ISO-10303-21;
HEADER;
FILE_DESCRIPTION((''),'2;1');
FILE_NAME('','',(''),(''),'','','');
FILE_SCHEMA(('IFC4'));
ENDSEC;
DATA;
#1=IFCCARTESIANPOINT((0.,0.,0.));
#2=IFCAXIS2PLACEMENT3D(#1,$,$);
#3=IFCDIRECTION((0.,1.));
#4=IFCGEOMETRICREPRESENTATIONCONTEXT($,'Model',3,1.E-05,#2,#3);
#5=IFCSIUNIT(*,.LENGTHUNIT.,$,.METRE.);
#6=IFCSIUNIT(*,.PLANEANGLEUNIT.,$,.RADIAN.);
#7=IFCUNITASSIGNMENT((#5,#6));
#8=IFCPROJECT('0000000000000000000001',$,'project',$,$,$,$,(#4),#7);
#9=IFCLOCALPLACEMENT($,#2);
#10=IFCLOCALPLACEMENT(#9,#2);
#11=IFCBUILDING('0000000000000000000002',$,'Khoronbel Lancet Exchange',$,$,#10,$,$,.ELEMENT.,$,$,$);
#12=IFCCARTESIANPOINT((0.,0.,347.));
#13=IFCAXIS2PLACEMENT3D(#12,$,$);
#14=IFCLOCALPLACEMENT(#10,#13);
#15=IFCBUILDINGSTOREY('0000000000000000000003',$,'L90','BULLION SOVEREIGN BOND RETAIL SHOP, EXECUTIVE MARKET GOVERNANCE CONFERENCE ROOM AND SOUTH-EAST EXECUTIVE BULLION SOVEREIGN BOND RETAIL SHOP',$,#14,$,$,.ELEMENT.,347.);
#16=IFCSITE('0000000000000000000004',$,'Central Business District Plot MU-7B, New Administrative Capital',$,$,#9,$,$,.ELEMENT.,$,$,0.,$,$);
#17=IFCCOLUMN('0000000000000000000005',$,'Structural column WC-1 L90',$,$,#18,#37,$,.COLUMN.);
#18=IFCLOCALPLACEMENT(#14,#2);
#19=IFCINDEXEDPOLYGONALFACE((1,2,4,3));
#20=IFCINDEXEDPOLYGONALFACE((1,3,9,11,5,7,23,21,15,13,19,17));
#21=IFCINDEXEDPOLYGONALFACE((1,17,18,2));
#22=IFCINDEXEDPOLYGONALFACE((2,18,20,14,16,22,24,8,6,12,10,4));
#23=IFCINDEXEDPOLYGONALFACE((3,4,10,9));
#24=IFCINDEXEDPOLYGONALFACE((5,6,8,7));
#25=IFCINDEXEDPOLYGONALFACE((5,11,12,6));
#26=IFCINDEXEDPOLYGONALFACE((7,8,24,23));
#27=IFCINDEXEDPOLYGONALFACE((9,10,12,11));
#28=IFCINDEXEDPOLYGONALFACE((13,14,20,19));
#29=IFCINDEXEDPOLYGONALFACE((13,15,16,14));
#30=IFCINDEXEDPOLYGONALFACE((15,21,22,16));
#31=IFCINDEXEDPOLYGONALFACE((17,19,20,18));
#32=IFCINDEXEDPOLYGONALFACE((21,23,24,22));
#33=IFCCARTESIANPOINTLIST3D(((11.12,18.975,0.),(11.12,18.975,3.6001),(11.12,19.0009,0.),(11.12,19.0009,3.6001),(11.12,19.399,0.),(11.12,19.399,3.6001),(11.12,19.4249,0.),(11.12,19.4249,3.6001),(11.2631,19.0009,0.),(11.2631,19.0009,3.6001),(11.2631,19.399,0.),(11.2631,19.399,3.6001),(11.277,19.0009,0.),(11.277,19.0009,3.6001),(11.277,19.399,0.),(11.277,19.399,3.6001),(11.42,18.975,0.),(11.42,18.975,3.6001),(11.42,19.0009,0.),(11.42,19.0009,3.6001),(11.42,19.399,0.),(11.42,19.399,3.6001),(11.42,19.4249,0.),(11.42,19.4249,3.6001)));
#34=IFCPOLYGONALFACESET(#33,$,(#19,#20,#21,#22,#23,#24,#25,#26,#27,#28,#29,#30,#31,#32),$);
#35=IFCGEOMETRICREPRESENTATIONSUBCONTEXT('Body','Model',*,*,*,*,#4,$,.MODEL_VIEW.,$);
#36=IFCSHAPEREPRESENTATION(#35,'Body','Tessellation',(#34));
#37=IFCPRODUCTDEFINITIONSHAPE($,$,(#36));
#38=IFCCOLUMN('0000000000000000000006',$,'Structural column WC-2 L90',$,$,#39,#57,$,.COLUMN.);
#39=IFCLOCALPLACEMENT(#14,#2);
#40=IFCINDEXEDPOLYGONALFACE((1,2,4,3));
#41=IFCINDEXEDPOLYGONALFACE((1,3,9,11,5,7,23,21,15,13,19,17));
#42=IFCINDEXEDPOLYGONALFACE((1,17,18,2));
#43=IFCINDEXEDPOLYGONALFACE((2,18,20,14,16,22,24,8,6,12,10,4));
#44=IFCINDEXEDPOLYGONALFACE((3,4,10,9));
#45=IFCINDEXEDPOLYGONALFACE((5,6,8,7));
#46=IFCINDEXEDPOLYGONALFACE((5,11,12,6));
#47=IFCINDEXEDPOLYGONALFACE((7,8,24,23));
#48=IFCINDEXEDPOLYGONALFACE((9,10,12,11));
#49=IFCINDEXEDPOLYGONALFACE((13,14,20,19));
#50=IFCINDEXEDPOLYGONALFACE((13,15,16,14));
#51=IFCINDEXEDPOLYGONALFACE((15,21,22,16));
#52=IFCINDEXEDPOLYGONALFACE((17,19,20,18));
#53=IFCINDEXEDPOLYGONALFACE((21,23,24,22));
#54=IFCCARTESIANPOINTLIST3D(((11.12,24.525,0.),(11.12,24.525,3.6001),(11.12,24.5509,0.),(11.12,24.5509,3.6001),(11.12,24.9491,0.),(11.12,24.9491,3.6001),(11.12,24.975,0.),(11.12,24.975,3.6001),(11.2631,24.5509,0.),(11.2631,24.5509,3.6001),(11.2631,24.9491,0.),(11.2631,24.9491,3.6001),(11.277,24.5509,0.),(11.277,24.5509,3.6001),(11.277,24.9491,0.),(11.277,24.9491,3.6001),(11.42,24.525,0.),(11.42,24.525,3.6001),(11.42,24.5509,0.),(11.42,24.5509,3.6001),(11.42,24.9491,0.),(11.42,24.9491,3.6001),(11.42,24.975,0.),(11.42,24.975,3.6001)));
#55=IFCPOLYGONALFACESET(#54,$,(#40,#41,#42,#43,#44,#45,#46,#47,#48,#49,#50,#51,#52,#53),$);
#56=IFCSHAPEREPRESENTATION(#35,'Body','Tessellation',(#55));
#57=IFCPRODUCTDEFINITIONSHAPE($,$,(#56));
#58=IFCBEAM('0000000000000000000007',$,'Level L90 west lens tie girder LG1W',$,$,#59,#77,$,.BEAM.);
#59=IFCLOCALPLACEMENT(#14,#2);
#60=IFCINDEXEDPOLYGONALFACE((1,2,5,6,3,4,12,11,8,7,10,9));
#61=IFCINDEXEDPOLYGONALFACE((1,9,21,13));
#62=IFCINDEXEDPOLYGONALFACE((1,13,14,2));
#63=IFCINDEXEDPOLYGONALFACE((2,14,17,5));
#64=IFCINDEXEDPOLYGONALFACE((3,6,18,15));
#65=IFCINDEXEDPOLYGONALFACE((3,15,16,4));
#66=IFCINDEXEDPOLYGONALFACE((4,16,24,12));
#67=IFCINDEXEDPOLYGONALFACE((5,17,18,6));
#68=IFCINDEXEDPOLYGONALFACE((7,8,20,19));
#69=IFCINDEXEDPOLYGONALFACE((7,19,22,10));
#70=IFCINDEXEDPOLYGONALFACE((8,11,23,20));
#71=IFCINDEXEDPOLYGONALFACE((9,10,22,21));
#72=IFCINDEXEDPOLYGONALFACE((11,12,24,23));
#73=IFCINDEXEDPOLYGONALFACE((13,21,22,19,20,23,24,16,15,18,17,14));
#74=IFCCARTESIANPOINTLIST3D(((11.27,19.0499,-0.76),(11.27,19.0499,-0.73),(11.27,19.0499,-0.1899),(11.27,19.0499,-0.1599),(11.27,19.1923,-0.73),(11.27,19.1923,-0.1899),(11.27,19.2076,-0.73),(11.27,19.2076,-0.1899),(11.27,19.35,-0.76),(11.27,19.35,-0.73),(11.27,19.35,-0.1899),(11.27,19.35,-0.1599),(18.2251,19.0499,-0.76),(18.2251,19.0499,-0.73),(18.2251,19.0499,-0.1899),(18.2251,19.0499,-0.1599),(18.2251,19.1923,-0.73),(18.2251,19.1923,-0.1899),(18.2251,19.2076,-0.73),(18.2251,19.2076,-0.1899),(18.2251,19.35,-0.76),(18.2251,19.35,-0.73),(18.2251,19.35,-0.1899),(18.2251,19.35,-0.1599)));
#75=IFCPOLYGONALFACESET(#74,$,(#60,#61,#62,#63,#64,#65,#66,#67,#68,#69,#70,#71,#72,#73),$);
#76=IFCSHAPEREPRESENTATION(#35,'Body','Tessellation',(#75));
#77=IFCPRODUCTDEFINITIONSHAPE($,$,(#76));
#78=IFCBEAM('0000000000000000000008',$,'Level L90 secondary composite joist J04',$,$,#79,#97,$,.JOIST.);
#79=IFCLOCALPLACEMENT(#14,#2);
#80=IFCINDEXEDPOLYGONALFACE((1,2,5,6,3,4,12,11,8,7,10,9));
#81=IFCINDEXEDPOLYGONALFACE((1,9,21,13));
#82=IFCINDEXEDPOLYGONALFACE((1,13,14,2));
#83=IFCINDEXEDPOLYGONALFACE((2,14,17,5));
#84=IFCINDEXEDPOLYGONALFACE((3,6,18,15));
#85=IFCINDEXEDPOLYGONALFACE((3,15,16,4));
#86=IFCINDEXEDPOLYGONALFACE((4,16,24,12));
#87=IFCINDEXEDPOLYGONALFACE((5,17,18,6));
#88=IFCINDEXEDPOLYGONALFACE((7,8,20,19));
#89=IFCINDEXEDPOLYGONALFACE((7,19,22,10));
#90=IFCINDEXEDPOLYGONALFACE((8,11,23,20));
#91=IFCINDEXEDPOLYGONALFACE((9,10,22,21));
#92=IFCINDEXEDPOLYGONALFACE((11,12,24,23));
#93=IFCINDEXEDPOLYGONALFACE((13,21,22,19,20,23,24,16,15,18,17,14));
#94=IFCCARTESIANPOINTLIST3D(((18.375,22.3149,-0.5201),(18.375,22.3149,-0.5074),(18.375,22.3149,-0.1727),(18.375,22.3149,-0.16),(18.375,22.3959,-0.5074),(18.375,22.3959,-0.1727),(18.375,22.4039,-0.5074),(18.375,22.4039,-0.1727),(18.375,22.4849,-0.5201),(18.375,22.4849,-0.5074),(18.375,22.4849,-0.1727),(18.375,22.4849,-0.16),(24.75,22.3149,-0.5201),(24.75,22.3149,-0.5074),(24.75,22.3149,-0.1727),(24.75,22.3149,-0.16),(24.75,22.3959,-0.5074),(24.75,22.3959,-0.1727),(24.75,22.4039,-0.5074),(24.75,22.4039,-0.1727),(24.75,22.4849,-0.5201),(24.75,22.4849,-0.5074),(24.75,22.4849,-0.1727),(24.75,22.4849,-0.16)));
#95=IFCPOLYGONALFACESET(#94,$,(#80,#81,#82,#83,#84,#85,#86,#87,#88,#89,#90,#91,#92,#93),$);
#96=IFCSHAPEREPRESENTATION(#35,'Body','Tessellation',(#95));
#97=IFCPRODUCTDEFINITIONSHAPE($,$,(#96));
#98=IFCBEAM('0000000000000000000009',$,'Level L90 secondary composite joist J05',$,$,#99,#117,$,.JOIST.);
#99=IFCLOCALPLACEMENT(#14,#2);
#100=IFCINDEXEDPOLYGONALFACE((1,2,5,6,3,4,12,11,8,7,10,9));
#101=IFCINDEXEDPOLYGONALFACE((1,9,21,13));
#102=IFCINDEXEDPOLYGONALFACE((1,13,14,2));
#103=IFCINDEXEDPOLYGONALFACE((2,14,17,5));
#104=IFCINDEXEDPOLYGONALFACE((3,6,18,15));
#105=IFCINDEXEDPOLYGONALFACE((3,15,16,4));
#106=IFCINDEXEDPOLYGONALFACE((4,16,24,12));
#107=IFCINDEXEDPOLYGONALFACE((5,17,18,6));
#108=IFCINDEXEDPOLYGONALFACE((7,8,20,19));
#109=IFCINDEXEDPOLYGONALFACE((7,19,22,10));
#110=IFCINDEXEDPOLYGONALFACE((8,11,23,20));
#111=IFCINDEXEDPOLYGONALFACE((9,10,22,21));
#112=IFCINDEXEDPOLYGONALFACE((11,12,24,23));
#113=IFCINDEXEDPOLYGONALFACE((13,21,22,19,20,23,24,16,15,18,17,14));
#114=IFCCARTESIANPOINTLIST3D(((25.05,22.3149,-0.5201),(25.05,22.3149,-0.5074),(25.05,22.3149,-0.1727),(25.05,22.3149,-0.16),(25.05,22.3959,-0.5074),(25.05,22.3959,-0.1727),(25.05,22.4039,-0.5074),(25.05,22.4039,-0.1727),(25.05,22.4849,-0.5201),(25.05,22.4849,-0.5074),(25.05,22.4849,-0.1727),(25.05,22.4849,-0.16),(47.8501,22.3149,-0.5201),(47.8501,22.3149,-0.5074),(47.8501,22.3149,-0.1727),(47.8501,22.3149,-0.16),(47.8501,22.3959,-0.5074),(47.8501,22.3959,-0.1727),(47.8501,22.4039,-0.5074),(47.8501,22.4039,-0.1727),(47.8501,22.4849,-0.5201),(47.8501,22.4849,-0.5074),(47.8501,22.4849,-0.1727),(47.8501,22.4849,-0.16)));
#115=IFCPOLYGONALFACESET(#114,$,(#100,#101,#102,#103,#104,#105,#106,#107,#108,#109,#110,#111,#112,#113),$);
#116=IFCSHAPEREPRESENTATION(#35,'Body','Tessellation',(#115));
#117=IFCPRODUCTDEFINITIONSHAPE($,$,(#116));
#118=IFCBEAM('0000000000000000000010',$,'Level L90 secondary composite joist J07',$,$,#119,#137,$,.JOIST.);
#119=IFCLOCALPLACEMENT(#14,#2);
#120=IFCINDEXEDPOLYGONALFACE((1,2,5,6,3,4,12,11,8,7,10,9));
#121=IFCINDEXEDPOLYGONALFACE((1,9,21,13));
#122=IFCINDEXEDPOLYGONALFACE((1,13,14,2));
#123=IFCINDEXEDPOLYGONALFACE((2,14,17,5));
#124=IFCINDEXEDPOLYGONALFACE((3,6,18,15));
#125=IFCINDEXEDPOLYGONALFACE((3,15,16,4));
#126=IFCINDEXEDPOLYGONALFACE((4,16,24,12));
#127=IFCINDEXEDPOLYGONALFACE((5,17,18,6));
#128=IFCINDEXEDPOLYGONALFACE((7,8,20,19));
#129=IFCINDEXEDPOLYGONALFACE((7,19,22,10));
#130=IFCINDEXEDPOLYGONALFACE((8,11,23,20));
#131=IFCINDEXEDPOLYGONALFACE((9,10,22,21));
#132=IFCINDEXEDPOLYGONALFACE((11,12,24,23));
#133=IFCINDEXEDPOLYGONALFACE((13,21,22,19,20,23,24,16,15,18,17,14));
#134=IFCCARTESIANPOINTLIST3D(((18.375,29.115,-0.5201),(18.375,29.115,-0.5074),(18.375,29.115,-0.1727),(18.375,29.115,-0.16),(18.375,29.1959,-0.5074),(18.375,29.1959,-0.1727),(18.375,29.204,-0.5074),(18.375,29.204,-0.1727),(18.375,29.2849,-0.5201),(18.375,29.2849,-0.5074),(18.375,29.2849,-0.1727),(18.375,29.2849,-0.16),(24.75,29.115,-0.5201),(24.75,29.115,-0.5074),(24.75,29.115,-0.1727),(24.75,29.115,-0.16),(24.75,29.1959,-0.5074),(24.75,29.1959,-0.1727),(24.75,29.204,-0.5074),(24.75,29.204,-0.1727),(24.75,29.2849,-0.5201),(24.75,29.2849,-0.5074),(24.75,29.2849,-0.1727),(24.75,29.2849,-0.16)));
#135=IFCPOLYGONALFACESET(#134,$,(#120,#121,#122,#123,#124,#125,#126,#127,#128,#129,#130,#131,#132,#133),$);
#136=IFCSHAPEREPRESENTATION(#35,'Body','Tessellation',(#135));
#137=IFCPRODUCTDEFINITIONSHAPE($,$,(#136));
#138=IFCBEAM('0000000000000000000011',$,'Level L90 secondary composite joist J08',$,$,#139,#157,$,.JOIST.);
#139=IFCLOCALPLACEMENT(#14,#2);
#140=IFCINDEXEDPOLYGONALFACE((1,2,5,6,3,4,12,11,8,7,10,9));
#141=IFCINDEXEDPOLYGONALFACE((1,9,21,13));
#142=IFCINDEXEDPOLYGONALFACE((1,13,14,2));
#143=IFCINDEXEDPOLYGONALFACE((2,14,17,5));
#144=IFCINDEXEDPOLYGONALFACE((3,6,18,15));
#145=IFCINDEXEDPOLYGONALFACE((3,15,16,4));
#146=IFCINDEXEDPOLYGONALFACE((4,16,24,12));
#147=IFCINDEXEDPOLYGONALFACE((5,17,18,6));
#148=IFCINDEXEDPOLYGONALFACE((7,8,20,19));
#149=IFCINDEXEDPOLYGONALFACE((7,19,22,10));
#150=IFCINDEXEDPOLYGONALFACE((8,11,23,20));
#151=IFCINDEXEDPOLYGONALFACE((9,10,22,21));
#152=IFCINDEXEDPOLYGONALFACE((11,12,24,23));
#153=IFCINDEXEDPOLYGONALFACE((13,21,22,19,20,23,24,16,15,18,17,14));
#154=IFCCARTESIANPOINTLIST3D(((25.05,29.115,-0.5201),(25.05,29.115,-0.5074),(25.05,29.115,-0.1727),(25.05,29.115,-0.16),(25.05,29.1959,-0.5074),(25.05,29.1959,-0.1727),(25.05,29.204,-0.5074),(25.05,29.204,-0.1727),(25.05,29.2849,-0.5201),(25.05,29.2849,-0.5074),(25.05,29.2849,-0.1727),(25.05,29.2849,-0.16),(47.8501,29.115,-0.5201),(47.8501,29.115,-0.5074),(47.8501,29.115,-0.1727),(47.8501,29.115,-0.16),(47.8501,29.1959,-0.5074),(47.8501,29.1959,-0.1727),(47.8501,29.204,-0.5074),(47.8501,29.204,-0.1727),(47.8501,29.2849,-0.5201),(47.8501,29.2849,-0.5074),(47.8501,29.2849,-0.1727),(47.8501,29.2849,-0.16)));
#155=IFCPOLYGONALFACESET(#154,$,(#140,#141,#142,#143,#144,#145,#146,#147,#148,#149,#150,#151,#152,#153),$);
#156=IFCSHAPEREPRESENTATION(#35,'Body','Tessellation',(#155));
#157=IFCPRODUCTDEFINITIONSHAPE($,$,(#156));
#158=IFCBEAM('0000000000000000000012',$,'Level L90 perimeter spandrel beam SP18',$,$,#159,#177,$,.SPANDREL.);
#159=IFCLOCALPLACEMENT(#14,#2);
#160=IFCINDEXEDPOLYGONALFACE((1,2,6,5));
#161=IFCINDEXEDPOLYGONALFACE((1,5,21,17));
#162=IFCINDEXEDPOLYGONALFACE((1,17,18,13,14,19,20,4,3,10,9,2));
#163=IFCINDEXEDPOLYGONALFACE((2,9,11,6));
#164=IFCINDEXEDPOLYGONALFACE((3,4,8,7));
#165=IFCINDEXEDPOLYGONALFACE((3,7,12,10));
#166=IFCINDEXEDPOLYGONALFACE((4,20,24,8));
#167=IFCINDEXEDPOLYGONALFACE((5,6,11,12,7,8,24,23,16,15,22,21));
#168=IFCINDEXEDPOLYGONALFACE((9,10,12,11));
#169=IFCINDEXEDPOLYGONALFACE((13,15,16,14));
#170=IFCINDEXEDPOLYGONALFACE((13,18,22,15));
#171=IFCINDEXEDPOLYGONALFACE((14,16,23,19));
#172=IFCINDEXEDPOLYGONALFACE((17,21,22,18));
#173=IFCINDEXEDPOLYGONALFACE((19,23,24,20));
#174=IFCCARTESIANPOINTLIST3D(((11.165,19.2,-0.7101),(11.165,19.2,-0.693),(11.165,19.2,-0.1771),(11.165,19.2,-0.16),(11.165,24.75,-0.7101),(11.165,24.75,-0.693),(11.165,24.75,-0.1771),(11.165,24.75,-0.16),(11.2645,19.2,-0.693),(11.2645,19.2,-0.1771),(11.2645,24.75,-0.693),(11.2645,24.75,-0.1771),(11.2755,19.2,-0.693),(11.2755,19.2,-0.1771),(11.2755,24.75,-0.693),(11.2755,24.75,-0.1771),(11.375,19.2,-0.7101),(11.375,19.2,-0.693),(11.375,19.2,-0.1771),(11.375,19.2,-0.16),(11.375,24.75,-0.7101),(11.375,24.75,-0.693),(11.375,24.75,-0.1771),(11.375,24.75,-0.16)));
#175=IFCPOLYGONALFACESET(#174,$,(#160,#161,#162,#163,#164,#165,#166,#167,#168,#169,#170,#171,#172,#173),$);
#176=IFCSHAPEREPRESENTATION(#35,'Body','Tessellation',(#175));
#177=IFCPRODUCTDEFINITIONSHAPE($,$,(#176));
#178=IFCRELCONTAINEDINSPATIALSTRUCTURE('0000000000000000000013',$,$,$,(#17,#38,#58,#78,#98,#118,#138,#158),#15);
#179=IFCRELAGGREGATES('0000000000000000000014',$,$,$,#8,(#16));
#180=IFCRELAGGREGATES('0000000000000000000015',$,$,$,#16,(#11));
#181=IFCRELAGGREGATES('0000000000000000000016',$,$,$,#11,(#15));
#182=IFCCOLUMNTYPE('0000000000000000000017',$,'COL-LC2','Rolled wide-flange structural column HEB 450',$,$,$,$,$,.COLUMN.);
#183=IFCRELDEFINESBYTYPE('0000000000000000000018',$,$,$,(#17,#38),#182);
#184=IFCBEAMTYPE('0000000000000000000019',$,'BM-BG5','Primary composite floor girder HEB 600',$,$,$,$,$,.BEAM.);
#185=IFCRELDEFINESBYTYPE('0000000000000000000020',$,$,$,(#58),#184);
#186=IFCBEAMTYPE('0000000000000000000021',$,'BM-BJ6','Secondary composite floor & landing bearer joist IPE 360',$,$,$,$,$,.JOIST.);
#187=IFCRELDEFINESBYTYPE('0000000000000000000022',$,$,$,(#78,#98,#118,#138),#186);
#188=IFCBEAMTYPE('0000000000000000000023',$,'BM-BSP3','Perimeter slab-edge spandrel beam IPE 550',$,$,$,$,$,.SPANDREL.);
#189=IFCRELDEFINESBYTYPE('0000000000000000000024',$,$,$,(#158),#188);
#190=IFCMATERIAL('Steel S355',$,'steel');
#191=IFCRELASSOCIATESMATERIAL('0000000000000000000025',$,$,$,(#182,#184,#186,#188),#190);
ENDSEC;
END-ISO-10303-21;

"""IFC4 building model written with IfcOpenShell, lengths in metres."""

from ifc_helpers import new_model, si_unit, direction, frame, origin, origin_2d, place, context, subcontext, project, spatial, i_section, extrude, material, material_profile, profile_set, type_object, element, save


model = new_model("IFC4")

# Units and contexts
model_context = context("Model", 3, precision=1e-05, world=origin(), true_north=direction((0.0, 1.0)))
body_context = subcontext(model_context, "Body", "Model", "MODEL_VIEW")
ifc_project = project(units=[si_unit("LENGTHUNIT", "METRE"), si_unit("PLANEANGLEUNIT", "RADIAN")], contexts=[model_context])

# Site, building, storey
site_placement = place(None, origin())
site = spatial("IfcSite", under=ifc_project, at=site_placement, Name="Central Business District Plot MU-7B, New Administrative Capital", CompositionType="ELEMENT", RefElevation=0.0)
building_placement = place(site_placement, origin())
building = spatial("IfcBuilding", under=site, at=building_placement, Name="Khoronbel Lancet Exchange", CompositionType="ELEMENT")
storey_placement = place(building_placement, frame((0.0, 0.0, 347.0)))
storey = spatial("IfcBuildingStorey", under=building, at=storey_placement, Name="L90", Description="BULLION SOVEREIGN BOND RETAIL SHOP, EXECUTIVE MARKET GOVERNANCE CONFERENCE ROOM AND SOUTH-EAST EXECUTIVE BULLION SOVEREIGN BOND RETAIL SHOP", CompositionType="ELEMENT", Elevation=347.0)

# Columns
ifc_material_1 = material(Name="Steel S355", Category="steel")
ifc_material_profile_1 = material_profile(ifc_material_1, i_section(OverallWidth=0.3, OverallDepth=0.45, WebThickness=0.0139, FlangeThickness=0.0259, at=origin_2d()), Name="HEB 450")
ifc_profile_set_1 = profile_set([ifc_material_profile_1], Name="Steel S355")
column_type = type_object("IfcColumnType", Name="COL-LC2", Description="Rolled wide-flange structural column HEB 450", PredefinedType="COLUMN", material=ifc_profile_set_1)
for number, where, z_axis, x_axis, name in (
    (1, (11.27, 19.2, 0.0), (0.0, 0.0, 1.0), (1.0, 0.0, 0.0), "Structural column WC-1 L90"),
    (2, (11.27, 24.75, 0.0), (0.0, 0.0, 1.0), (1.0, 0.0, 0.0), "Structural column WC-2 L90"),
):
    element("IfcColumn", number, at=place(storey_placement, frame(where, z_axis=z_axis, x_axis=x_axis)), inside=storey, type_object=column_type, Name=name, PredefinedType="COLUMN", context=body_context, shape_type="SweptSolid", body=[
        extrude(i_section(OverallWidth=0.3, OverallDepth=0.45, WebThickness=0.0139, FlangeThickness=0.0259, at=origin_2d()), origin(), (0.0, 0.0, 1.0), 3.6001),
    ])

# Beams
ifc_material_profile_2 = material_profile(ifc_material_1, i_section(OverallWidth=0.3, OverallDepth=0.6001, WebThickness=0.0154, FlangeThickness=0.03, at=origin_2d()), Name="HEB 600")
ifc_profile_set_2 = profile_set([ifc_material_profile_2], Name="Steel S355")
beam_type_1 = type_object("IfcBeamType", Name="BM-BG5", Description="Primary composite floor girder HEB 600", PredefinedType="BEAM", material=ifc_profile_set_2)
beam_1_placement = place(storey_placement, frame((11.27, 19.2, -0.46), z_axis=(1.0, 0.0, 0.0), x_axis=(0.0, 1.0, 0.0)))
element("IfcBeam", 3, at=beam_1_placement, inside=storey, type_object=beam_type_1, Name="Level L90 west lens tie girder LG1W", PredefinedType="BEAM", context=body_context, shape_type="SweptSolid", body=[
    extrude(i_section(OverallWidth=0.3, OverallDepth=0.6001, WebThickness=0.0154, FlangeThickness=0.03, at=origin_2d()), origin(), (0.0, 0.0, 1.0), 6.9551),
])
ifc_material_profile_3 = material_profile(ifc_material_1, i_section(OverallWidth=0.1699, OverallDepth=0.3601, WebThickness=0.0081, FlangeThickness=0.0127, at=origin_2d()), Name="IPE 360")
ifc_profile_set_3 = profile_set([ifc_material_profile_3], Name="Steel S355")
beam_type_2 = type_object("IfcBeamType", Name="BM-BJ6", Description="Secondary composite floor & landing bearer joist IPE 360", PredefinedType="JOIST", material=ifc_profile_set_3)
beam_2_placement = place(storey_placement, frame((18.375, 22.3999, -0.3401), z_axis=(1.0, 0.0, 0.0), x_axis=(0.0, 1.0, 0.0)))
element("IfcBeam", 4, at=beam_2_placement, inside=storey, type_object=beam_type_2, Name="Level L90 secondary composite joist J04", PredefinedType="JOIST", context=body_context, shape_type="SweptSolid", body=[
    extrude(i_section(OverallWidth=0.1699, OverallDepth=0.3601, WebThickness=0.0081, FlangeThickness=0.0127, at=origin_2d()), origin(), (0.0, 0.0, 1.0), 6.375),
])
beam_3_placement = place(storey_placement, frame((25.05, 22.3999, -0.3401), z_axis=(1.0, 0.0, 0.0), x_axis=(0.0, 1.0, 0.0)))
element("IfcBeam", 5, at=beam_3_placement, inside=storey, type_object=beam_type_2, Name="Level L90 secondary composite joist J05", PredefinedType="JOIST", context=body_context, shape_type="SweptSolid", body=[
    extrude(i_section(OverallWidth=0.1699, OverallDepth=0.3601, WebThickness=0.0081, FlangeThickness=0.0127, at=origin_2d()), origin(), (0.0, 0.0, 1.0), 22.8),
])
beam_4_placement = place(storey_placement, frame((18.375, 29.2, -0.3401), z_axis=(1.0, 0.0, 0.0), x_axis=(0.0, 1.0, 0.0)))
element("IfcBeam", 6, at=beam_4_placement, inside=storey, type_object=beam_type_2, Name="Level L90 secondary composite joist J07", PredefinedType="JOIST", context=body_context, shape_type="SweptSolid", body=[
    extrude(i_section(OverallWidth=0.1699, OverallDepth=0.3601, WebThickness=0.0081, FlangeThickness=0.0127, at=origin_2d()), origin(), (0.0, 0.0, 1.0), 6.375),
])
beam_5_placement = place(storey_placement, frame((25.05, 29.2, -0.3401), z_axis=(1.0, 0.0, 0.0), x_axis=(0.0, 1.0, 0.0)))
element("IfcBeam", 7, at=beam_5_placement, inside=storey, type_object=beam_type_2, Name="Level L90 secondary composite joist J08", PredefinedType="JOIST", context=body_context, shape_type="SweptSolid", body=[
    extrude(i_section(OverallWidth=0.1699, OverallDepth=0.3601, WebThickness=0.0081, FlangeThickness=0.0127, at=origin_2d()), origin(), (0.0, 0.0, 1.0), 22.8),
])
ifc_material_profile_4 = material_profile(ifc_material_1, i_section(OverallWidth=0.21, OverallDepth=0.55, WebThickness=0.011, FlangeThickness=0.0171, at=origin_2d()), Name="IPE 550")
ifc_profile_set_4 = profile_set([ifc_material_profile_4], Name="Steel S355")
beam_type_3 = type_object("IfcBeamType", Name="BM-BSP3", Description="Perimeter slab-edge spandrel beam IPE 550", PredefinedType="SPANDREL", material=ifc_profile_set_4)
beam_6_placement = place(storey_placement, frame((11.27, 24.75, -0.4351), z_axis=(0.0, -1.0, 0.0), x_axis=(1.0, 0.0, 0.0)))
element("IfcBeam", 8, at=beam_6_placement, inside=storey, type_object=beam_type_3, Name="Level L90 perimeter spandrel beam SP18", PredefinedType="SPANDREL", context=body_context, shape_type="SweptSolid", body=[
    extrude(i_section(OverallWidth=0.21, OverallDepth=0.55, WebThickness=0.011, FlangeThickness=0.0171, at=origin_2d()), origin(), (0.0, 0.0, 1.0), 5.55),
])

save(model, "model.ifc")
